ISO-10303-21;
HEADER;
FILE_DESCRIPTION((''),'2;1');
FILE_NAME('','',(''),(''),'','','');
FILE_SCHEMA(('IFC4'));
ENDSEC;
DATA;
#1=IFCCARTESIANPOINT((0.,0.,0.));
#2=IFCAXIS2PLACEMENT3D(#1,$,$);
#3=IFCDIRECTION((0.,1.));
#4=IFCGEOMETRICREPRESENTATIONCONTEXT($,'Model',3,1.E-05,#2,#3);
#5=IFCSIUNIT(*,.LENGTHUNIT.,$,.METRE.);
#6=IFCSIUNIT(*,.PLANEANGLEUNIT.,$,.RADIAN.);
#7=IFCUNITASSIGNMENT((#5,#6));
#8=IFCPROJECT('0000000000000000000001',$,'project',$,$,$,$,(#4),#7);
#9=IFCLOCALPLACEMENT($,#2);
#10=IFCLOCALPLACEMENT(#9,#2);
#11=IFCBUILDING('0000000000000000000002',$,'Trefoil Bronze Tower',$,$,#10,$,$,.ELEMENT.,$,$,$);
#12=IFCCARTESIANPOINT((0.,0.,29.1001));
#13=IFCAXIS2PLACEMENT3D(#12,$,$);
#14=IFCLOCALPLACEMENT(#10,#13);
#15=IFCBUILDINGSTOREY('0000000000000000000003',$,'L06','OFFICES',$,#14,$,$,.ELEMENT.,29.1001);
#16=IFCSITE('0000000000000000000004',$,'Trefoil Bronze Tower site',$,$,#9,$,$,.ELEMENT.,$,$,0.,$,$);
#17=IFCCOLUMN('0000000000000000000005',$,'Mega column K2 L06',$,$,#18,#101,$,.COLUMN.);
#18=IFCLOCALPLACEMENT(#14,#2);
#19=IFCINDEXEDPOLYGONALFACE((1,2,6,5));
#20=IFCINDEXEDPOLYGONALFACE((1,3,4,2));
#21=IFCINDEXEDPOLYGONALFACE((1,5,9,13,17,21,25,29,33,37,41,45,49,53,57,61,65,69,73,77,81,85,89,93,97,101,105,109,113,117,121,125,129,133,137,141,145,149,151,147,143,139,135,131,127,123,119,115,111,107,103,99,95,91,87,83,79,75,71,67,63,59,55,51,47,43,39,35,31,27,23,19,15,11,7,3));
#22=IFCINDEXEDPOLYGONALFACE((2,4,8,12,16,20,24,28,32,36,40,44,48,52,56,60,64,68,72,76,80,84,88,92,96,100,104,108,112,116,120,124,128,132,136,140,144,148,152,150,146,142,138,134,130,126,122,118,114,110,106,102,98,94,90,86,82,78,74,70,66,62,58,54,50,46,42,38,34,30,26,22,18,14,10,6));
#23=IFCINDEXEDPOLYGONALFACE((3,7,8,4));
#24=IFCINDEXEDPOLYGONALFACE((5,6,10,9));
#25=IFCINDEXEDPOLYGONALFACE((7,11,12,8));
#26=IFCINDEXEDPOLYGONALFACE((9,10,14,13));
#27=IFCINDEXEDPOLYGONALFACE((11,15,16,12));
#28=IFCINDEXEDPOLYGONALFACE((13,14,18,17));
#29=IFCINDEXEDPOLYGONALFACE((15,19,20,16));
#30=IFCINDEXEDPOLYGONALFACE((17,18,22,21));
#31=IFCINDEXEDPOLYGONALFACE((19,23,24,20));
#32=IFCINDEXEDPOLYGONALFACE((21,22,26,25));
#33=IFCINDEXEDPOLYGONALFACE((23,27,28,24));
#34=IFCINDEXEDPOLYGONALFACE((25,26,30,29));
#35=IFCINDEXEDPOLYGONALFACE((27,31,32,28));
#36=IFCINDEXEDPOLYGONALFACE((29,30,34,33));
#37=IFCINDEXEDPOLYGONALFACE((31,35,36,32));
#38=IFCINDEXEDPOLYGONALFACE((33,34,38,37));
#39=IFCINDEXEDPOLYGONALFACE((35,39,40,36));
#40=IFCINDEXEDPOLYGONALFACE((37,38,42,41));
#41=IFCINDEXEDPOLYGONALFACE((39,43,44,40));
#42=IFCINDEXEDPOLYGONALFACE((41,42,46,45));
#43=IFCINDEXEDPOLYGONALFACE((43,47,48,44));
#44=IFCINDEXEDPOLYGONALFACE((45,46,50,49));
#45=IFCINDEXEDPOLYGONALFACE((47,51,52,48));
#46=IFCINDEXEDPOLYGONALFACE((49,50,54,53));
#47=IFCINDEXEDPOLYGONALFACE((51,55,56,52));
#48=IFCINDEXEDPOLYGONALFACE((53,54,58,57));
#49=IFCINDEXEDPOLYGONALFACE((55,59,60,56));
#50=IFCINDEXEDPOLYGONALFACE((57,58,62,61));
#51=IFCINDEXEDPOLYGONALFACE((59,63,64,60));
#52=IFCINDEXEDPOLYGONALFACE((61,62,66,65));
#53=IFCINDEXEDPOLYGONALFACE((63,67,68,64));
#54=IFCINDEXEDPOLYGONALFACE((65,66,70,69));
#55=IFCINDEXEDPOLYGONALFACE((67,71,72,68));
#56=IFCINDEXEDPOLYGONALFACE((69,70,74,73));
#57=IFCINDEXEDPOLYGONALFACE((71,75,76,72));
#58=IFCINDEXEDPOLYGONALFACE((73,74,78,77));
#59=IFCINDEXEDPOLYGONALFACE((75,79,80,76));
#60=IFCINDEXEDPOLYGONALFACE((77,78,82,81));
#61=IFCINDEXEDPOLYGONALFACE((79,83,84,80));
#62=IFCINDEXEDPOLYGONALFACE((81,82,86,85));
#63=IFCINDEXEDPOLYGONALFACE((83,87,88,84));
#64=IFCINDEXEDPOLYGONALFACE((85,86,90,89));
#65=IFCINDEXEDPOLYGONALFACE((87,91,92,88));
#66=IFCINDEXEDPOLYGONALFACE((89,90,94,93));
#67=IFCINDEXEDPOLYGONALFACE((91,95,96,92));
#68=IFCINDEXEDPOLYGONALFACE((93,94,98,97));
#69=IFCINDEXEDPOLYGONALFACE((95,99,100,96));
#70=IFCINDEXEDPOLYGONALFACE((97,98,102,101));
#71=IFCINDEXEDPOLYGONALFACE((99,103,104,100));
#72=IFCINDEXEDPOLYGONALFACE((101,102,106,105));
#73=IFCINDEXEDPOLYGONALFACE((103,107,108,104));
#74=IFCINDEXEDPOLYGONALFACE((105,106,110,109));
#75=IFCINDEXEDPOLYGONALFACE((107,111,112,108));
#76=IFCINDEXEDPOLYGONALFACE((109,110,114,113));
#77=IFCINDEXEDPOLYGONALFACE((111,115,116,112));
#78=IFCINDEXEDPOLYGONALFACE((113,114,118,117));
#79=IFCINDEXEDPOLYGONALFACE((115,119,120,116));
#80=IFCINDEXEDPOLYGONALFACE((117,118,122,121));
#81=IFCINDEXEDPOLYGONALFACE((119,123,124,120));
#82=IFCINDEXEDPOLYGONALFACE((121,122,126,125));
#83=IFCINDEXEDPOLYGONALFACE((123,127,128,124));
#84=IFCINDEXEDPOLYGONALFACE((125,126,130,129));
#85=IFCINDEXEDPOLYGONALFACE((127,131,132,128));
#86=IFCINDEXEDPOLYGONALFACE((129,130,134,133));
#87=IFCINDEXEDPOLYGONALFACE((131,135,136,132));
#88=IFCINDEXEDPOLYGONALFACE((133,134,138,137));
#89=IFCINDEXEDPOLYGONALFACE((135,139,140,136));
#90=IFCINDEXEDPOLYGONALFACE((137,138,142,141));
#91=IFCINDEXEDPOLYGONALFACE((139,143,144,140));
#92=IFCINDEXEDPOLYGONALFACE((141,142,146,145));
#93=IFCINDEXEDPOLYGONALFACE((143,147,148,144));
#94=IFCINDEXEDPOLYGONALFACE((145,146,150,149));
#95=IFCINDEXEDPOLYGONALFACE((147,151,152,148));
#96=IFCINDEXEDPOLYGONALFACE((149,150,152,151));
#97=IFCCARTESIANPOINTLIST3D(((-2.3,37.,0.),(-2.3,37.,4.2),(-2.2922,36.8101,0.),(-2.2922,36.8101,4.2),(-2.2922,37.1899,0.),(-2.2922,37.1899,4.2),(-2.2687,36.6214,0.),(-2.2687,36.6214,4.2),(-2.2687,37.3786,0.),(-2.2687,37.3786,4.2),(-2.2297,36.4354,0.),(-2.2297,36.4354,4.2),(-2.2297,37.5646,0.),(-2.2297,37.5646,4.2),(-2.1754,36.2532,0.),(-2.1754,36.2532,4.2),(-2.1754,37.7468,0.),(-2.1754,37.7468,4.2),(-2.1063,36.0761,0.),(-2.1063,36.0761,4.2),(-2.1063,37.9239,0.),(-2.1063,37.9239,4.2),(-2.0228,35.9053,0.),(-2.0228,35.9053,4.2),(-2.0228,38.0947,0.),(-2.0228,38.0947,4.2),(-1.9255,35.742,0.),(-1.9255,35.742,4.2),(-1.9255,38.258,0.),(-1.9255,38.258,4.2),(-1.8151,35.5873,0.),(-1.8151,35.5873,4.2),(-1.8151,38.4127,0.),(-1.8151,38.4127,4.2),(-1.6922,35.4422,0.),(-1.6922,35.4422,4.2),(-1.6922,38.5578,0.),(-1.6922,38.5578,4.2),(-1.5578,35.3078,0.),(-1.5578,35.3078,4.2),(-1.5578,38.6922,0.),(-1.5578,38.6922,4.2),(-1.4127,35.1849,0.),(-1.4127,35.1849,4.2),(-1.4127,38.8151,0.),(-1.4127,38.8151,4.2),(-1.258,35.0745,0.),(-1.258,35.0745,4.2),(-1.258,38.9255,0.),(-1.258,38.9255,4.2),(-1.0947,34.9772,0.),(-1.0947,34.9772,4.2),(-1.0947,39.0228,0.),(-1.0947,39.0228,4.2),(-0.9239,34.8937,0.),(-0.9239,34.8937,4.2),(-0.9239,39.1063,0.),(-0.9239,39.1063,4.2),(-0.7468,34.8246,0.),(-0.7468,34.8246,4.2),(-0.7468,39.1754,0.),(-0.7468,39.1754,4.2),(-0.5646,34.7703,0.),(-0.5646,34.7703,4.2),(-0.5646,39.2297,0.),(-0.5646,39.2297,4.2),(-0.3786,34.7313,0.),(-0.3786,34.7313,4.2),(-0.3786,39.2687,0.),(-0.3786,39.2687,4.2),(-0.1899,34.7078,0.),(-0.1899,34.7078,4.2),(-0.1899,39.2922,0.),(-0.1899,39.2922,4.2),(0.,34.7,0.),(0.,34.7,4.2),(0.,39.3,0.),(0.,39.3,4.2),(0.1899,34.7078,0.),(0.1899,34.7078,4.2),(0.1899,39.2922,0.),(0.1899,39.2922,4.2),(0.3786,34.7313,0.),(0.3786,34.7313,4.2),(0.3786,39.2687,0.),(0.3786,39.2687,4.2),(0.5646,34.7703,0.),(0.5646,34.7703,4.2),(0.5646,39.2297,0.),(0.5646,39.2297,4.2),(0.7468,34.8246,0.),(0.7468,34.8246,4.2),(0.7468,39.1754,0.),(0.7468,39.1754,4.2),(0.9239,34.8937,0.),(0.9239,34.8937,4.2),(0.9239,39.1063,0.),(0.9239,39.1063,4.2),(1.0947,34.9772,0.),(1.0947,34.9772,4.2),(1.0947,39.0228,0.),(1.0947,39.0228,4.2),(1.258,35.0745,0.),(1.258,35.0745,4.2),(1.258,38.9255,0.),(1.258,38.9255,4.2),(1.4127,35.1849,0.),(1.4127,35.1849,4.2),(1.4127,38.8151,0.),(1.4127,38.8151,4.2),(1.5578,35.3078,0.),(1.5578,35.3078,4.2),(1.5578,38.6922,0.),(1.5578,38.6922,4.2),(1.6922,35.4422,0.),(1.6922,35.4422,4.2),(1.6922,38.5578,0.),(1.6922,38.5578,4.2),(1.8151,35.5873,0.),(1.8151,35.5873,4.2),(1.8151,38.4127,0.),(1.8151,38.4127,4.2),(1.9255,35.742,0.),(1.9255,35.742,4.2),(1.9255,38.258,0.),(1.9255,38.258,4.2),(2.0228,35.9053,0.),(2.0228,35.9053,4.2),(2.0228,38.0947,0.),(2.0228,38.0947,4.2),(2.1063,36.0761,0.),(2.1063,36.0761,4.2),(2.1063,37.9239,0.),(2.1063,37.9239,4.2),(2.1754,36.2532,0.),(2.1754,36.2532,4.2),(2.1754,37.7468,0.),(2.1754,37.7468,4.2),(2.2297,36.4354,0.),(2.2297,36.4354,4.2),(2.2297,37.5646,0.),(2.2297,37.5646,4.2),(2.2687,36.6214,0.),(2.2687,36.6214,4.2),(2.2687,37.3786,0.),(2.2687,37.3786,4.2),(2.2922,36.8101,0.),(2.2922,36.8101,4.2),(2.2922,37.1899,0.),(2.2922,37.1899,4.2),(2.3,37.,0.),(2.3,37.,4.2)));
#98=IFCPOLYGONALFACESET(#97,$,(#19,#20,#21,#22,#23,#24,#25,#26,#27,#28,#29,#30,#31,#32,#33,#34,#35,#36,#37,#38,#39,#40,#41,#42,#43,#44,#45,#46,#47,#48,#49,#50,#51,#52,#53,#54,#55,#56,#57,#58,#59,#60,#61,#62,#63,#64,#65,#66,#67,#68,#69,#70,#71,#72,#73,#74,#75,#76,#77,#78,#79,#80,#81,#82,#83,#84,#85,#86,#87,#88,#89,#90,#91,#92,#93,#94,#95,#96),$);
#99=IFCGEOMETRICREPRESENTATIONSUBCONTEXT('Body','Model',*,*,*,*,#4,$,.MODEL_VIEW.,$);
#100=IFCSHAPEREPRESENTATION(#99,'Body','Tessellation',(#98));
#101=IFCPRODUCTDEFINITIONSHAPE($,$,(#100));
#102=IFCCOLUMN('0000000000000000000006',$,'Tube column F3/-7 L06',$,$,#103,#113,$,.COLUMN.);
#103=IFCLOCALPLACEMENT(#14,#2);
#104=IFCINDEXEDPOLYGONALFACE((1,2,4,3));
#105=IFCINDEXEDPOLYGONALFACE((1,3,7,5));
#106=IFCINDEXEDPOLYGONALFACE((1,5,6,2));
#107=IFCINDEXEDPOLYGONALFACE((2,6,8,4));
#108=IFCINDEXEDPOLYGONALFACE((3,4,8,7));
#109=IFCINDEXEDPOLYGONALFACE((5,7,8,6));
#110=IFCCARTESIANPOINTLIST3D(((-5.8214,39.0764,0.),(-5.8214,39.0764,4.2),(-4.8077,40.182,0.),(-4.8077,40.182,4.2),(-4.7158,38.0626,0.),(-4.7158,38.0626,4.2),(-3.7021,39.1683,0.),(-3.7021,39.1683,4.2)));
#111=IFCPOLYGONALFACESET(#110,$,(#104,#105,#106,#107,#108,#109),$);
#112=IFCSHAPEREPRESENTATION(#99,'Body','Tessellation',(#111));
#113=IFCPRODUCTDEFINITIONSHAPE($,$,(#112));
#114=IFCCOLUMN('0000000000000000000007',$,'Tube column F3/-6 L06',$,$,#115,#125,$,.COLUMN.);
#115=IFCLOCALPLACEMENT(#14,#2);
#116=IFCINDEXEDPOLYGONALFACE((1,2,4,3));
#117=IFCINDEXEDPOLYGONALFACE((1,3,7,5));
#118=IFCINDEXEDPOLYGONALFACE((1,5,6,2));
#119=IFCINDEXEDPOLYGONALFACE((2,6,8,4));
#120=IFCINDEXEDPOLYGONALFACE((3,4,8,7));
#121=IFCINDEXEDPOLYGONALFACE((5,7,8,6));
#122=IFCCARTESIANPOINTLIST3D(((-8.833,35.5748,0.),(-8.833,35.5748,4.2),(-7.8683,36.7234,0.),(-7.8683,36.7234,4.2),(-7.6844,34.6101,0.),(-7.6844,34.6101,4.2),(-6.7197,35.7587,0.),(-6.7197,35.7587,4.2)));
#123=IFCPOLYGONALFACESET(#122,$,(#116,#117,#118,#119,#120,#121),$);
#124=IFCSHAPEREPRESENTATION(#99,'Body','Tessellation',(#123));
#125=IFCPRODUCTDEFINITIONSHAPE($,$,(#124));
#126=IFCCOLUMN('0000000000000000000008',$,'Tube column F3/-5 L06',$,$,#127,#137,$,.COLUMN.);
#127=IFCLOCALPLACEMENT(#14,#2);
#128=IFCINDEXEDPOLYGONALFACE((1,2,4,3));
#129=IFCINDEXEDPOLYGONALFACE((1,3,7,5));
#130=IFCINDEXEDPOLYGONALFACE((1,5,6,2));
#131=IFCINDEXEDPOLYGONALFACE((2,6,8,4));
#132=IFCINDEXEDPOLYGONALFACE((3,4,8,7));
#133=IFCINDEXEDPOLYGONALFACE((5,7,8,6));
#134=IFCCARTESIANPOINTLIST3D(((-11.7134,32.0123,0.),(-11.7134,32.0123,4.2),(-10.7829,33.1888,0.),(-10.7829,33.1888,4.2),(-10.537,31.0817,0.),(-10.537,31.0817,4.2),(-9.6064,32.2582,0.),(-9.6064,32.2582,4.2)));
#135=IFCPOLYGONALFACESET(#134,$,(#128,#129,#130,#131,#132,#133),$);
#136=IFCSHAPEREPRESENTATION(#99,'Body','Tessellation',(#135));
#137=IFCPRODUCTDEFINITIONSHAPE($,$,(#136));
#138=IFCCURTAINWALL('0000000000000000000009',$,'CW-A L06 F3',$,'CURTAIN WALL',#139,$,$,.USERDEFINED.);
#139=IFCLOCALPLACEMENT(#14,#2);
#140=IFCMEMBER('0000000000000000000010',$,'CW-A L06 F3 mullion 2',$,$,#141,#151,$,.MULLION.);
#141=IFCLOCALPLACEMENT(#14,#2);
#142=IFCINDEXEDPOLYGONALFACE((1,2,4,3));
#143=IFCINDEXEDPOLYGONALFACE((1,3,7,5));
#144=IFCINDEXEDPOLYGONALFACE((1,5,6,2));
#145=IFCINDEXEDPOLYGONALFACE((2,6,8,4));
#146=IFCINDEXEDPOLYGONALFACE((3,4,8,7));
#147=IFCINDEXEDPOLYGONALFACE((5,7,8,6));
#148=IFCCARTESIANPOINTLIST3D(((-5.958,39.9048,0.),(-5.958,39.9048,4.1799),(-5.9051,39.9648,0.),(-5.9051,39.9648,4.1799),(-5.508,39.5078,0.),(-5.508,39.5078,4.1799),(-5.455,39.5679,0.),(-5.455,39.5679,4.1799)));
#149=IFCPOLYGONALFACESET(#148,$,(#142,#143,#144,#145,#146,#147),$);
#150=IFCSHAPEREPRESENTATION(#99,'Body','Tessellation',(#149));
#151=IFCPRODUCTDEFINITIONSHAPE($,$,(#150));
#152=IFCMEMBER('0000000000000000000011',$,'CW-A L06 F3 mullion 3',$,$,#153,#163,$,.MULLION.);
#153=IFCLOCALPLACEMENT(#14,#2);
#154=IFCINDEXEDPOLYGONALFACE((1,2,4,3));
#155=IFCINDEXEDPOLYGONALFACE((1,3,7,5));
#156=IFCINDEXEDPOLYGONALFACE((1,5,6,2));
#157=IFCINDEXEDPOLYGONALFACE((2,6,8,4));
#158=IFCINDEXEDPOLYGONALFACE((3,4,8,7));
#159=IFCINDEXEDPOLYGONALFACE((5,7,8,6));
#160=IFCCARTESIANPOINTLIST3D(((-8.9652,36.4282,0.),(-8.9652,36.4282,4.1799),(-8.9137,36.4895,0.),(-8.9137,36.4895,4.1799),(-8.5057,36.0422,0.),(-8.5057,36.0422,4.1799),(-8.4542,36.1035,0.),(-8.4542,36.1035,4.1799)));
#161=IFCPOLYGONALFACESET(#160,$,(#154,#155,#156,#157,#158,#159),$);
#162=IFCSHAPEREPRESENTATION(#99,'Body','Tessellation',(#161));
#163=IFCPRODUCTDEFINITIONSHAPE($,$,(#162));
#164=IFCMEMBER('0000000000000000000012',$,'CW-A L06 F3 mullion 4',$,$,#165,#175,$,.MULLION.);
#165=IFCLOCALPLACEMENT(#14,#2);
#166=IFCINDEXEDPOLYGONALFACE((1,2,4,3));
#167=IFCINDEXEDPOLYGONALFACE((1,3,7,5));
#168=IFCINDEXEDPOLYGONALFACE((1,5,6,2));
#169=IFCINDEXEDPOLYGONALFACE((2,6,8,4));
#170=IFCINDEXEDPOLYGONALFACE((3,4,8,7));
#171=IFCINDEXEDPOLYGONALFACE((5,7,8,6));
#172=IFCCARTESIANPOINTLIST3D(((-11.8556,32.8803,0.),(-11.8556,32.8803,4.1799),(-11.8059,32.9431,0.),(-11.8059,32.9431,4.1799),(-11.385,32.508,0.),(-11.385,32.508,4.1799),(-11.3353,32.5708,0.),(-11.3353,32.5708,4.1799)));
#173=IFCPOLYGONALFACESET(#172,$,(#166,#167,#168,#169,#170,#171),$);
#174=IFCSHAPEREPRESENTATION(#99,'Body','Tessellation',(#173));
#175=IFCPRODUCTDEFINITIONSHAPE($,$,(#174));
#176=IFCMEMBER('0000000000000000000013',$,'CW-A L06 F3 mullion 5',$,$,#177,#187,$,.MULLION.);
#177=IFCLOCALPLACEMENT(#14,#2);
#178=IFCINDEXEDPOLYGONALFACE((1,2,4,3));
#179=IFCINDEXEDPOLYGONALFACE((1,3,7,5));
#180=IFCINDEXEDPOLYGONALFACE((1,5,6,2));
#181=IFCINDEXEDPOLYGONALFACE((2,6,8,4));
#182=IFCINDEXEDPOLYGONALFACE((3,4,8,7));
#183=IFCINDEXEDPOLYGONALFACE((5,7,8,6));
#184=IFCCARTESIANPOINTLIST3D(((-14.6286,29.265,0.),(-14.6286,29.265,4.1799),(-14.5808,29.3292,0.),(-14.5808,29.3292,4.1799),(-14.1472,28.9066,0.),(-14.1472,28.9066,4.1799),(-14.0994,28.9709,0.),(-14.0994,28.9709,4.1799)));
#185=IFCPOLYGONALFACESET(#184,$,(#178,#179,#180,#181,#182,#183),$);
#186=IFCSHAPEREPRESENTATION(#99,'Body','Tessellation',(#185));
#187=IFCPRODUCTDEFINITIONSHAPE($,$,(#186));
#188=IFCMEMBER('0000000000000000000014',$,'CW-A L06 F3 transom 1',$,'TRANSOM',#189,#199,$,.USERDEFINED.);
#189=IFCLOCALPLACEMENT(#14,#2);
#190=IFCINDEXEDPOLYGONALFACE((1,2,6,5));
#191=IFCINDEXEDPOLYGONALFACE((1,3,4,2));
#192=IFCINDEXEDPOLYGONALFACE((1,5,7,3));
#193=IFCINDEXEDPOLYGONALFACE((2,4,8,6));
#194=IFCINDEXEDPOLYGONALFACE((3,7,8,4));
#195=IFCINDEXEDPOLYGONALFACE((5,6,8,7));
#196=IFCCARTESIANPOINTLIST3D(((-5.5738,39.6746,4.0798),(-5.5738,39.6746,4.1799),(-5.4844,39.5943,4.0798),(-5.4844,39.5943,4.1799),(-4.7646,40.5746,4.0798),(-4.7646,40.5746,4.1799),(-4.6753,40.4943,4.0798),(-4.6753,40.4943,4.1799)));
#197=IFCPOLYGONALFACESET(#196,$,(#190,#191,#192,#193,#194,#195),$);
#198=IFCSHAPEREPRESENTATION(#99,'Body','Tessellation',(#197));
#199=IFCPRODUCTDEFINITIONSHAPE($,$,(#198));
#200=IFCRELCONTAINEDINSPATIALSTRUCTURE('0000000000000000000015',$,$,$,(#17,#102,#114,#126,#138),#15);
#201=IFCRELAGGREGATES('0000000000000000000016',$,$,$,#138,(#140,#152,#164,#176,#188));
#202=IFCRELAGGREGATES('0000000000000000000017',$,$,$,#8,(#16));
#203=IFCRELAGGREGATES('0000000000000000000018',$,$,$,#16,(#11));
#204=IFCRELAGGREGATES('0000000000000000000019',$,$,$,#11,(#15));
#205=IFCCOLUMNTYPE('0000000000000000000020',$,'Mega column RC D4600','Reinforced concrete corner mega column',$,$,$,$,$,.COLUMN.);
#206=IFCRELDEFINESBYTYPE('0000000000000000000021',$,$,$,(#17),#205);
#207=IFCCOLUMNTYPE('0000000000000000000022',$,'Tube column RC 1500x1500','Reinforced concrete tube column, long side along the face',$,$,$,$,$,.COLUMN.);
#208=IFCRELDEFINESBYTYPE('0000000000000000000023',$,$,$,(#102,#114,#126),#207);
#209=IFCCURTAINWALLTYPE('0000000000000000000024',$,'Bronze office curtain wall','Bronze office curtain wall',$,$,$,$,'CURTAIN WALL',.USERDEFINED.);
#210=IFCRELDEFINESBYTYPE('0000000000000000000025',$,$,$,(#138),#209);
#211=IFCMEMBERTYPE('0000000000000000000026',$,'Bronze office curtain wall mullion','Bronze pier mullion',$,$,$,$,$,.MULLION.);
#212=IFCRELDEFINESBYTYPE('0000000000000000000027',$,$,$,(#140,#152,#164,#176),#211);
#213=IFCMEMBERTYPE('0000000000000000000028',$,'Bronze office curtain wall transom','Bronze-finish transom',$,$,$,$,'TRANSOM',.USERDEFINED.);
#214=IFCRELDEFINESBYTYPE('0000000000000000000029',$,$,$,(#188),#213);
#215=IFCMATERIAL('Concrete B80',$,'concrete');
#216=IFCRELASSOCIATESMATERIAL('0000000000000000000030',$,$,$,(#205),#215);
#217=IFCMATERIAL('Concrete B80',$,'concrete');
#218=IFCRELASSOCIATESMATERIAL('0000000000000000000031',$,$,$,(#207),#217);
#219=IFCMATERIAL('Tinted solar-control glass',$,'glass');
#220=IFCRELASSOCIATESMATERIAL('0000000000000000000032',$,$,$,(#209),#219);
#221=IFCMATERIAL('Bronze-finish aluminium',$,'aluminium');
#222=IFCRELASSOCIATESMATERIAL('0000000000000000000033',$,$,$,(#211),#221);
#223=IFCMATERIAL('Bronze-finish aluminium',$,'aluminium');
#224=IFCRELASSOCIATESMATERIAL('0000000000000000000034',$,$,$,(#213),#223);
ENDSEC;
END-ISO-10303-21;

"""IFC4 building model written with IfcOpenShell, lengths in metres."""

from ifc_helpers import new_model, si_unit, direction, frame, origin, origin_2d, place, context, subcontext, project, spatial, rectangle, circle, extrude, material, material_profile, profile_set, type_object, element, aggregate, save


model = new_model("IFC4")

# Units and contexts
model_context = context("Model", 3, precision=1e-05, world=origin(), true_north=direction((0.0, 1.0)))
body_context = subcontext(model_context, "Body", "Model", "MODEL_VIEW")
ifc_project = project(units=[si_unit("LENGTHUNIT", "METRE"), si_unit("PLANEANGLEUNIT", "RADIAN")], contexts=[model_context])

# Site, building, storey
site_placement = place(None, origin())
site = spatial("IfcSite", under=ifc_project, at=site_placement, Name="Trefoil Bronze Tower site", CompositionType="ELEMENT", RefElevation=0.0)
building_placement = place(site_placement, origin())
building = spatial("IfcBuilding", under=site, at=building_placement, Name="Trefoil Bronze Tower", CompositionType="ELEMENT")
storey_placement = place(building_placement, frame((0.0, 0.0, 29.1001)))
storey = spatial("IfcBuildingStorey", under=building, at=storey_placement, Name="L06", Description="OFFICES", CompositionType="ELEMENT", Elevation=29.1001)

# Columns
ifc_material_1 = material(Name="Concrete B80", Category="concrete")
ifc_material_profile_1 = material_profile(ifc_material_1, circle(Radius=2.3, at=origin_2d()), Name="RC D4600")
ifc_profile_set_1 = profile_set([ifc_material_profile_1], Name="Concrete B80")
column_type_1 = type_object("IfcColumnType", Name="Mega column RC D4600", Description="Reinforced concrete corner mega column", PredefinedType="COLUMN", material=ifc_profile_set_1)
column_placement = place(storey_placement, frame((0.0, 37.0, 0.0), z_axis=(0.0, 0.0, 1.0), x_axis=(1.0, 0.0, 0.0)))
element("IfcColumn", 1, at=column_placement, inside=storey, type_object=column_type_1, Name="Mega column K2 L06", PredefinedType="COLUMN", context=body_context, shape_type="SweptSolid", body=[
    extrude(circle(Radius=2.3, at=origin_2d()), origin(), (0.0, 0.0, 1.0), 4.2),
])
ifc_material_2 = material(Name="Concrete B80", Category="concrete")
ifc_material_profile_2 = material_profile(ifc_material_2, rectangle(XDim=1.5, YDim=1.5, at=origin_2d()), Name="RC 1500x1500")
ifc_profile_set_2 = profile_set([ifc_material_profile_2], Name="Concrete B80")
column_type_2 = type_object("IfcColumnType", Name="Tube column RC 1500x1500", Description="Reinforced concrete tube column, long side along the face", PredefinedType="COLUMN", material=ifc_profile_set_2)
for number, where, z_axis, x_axis, name in (
    (2, (-4.7617, 39.1223, 0.0), (0.0, 0.0, 1.0), (-0.675816, -0.73707, 0.0), "Tube column F3/-7 L06"),
    (3, (-7.7764, 35.6667, 0.0), (0.0, 0.0, 1.0), (-0.643163, -0.765729, 0.0), "Tube column F3/-6 L06"),
    (4, (-10.6599, 32.1353, 0.0), (0.0, 0.0, 1.0), (-0.620376, -0.784305, 0.0), "Tube column F3/-5 L06"),
):
    element("IfcColumn", number, at=place(storey_placement, frame(where, z_axis=z_axis, x_axis=x_axis)), inside=storey, type_object=column_type_2, Name=name, PredefinedType="COLUMN", context=body_context, shape_type="SweptSolid", body=[
        extrude(rectangle(XDim=1.5, YDim=1.5, at=origin_2d()), origin(), (0.0, 0.0, 1.0), 4.2),
    ])

# Curtain wall, members
ifc_material_3 = material(Name="Tinted solar-control glass", Category="glass")
curtain_wall_type_1 = type_object("IfcCurtainWallType", Name="Bronze office curtain wall", Description="Bronze office curtain wall", ElementType="CURTAIN WALL", PredefinedType="USERDEFINED", material=ifc_material_3)
curtain_wall_1_placement = place(storey_placement, origin())
curtain_wall_1 = element("IfcCurtainWall", 5, at=curtain_wall_1_placement, inside=storey, type_object=curtain_wall_type_1, Name="CW-A L06 F3", ObjectType="CURTAIN WALL", PredefinedType="USERDEFINED")
ifc_material_4 = material(Name="Bronze-finish aluminium", Category="aluminium")
ifc_material_profile_3 = material_profile(ifc_material_4, rectangle(XDim=0.6001, YDim=0.0801, at=origin_2d()), Name="CW-A mullion")
ifc_profile_set_3 = profile_set([ifc_material_profile_3], Name="Bronze-finish aluminium")
member_type_1 = type_object("IfcMemberType", Name="Bronze office curtain wall mullion", Description="Bronze pier mullion", PredefinedType="MULLION", material=ifc_profile_set_3)
member_1_placement = place(storey_placement, frame((-5.7065, 39.7363, 0.0), z_axis=(0.0, 0.0, 1.0), x_axis=(0.749941, -0.661505, 0.0)))
member_1 = element("IfcMember", 6, at=member_1_placement, type_object=member_type_1, Name="CW-A L06 F3 mullion 2", PredefinedType="MULLION", context=body_context, shape_type="SweptSolid", body=[
    extrude(rectangle(XDim=0.6001, YDim=0.0801, at=origin_2d()), origin(), (0.0, 0.0, 1.0), 4.1799),
])
member_2_placement = place(storey_placement, frame((-8.7097, 36.2659, 0.0), z_axis=(0.0, 0.0, 1.0), x_axis=(0.765729, -0.643163, 0.0)))
member_2 = element("IfcMember", 7, at=member_2_placement, type_object=member_type_1, Name="CW-A L06 F3 mullion 3", PredefinedType="MULLION", context=body_context, shape_type="SweptSolid", body=[
    extrude(rectangle(XDim=0.6001, YDim=0.0801, at=origin_2d()), origin(), (0.0, 0.0, 1.0), 4.1799),
])
member_3_placement = place(storey_placement, frame((-11.5955, 32.7256, 0.0), z_axis=(0.0, 0.0, 1.0), x_axis=(0.784305, -0.620376, 0.0)))
member_3 = element("IfcMember", 8, at=member_3_placement, type_object=member_type_1, Name="CW-A L06 F3 mullion 4", PredefinedType="MULLION", context=body_context, shape_type="SweptSolid", body=[
    extrude(rectangle(XDim=0.6001, YDim=0.0801, at=origin_2d()), origin(), (0.0, 0.0, 1.0), 4.1799),
])
member_4_placement = place(storey_placement, frame((-14.364, 29.1179, 0.0), z_axis=(0.0, 0.0, 1.0), x_axis=(0.802127, -0.597154, 0.0)))
member_4 = element("IfcMember", 9, at=member_4_placement, type_object=member_type_1, Name="CW-A L06 F3 mullion 5", PredefinedType="MULLION", context=body_context, shape_type="SweptSolid", body=[
    extrude(rectangle(XDim=0.6001, YDim=0.0801, at=origin_2d()), origin(), (0.0, 0.0, 1.0), 4.1799),
])
ifc_material_5 = material(Name="Bronze-finish aluminium", Category="aluminium")
ifc_material_profile_4 = material_profile(ifc_material_5, rectangle(XDim=0.1201, YDim=0.1001, at=origin_2d()), Name="CW-A transom")
ifc_profile_set_4 = profile_set([ifc_material_profile_4], Name="Bronze-finish aluminium")
member_type_2 = type_object("IfcMemberType", Name="Bronze office curtain wall transom", Description="Bronze-finish transom", ElementType="TRANSOM", PredefinedType="USERDEFINED", material=ifc_profile_set_4)
member_5_placement = place(storey_placement, frame((-4.72, 40.5344, 4.1299), z_axis=(-0.668586, -0.743635, 0.0), x_axis=(0.743635, -0.668586, 0.0)))
member_5 = element("IfcMember", 10, at=member_5_placement, type_object=member_type_2, Name="CW-A L06 F3 transom 1", ObjectType="TRANSOM", PredefinedType="USERDEFINED", context=body_context, shape_type="SweptSolid", body=[
    extrude(rectangle(XDim=0.1201, YDim=0.1001, at=origin_2d()), origin(), (0.0, 0.0, 1.0), 1.2102),
])

aggregate(curtain_wall_1, [member_1, member_2, member_3, member_4, member_5])

save(model, "model.ifc")
